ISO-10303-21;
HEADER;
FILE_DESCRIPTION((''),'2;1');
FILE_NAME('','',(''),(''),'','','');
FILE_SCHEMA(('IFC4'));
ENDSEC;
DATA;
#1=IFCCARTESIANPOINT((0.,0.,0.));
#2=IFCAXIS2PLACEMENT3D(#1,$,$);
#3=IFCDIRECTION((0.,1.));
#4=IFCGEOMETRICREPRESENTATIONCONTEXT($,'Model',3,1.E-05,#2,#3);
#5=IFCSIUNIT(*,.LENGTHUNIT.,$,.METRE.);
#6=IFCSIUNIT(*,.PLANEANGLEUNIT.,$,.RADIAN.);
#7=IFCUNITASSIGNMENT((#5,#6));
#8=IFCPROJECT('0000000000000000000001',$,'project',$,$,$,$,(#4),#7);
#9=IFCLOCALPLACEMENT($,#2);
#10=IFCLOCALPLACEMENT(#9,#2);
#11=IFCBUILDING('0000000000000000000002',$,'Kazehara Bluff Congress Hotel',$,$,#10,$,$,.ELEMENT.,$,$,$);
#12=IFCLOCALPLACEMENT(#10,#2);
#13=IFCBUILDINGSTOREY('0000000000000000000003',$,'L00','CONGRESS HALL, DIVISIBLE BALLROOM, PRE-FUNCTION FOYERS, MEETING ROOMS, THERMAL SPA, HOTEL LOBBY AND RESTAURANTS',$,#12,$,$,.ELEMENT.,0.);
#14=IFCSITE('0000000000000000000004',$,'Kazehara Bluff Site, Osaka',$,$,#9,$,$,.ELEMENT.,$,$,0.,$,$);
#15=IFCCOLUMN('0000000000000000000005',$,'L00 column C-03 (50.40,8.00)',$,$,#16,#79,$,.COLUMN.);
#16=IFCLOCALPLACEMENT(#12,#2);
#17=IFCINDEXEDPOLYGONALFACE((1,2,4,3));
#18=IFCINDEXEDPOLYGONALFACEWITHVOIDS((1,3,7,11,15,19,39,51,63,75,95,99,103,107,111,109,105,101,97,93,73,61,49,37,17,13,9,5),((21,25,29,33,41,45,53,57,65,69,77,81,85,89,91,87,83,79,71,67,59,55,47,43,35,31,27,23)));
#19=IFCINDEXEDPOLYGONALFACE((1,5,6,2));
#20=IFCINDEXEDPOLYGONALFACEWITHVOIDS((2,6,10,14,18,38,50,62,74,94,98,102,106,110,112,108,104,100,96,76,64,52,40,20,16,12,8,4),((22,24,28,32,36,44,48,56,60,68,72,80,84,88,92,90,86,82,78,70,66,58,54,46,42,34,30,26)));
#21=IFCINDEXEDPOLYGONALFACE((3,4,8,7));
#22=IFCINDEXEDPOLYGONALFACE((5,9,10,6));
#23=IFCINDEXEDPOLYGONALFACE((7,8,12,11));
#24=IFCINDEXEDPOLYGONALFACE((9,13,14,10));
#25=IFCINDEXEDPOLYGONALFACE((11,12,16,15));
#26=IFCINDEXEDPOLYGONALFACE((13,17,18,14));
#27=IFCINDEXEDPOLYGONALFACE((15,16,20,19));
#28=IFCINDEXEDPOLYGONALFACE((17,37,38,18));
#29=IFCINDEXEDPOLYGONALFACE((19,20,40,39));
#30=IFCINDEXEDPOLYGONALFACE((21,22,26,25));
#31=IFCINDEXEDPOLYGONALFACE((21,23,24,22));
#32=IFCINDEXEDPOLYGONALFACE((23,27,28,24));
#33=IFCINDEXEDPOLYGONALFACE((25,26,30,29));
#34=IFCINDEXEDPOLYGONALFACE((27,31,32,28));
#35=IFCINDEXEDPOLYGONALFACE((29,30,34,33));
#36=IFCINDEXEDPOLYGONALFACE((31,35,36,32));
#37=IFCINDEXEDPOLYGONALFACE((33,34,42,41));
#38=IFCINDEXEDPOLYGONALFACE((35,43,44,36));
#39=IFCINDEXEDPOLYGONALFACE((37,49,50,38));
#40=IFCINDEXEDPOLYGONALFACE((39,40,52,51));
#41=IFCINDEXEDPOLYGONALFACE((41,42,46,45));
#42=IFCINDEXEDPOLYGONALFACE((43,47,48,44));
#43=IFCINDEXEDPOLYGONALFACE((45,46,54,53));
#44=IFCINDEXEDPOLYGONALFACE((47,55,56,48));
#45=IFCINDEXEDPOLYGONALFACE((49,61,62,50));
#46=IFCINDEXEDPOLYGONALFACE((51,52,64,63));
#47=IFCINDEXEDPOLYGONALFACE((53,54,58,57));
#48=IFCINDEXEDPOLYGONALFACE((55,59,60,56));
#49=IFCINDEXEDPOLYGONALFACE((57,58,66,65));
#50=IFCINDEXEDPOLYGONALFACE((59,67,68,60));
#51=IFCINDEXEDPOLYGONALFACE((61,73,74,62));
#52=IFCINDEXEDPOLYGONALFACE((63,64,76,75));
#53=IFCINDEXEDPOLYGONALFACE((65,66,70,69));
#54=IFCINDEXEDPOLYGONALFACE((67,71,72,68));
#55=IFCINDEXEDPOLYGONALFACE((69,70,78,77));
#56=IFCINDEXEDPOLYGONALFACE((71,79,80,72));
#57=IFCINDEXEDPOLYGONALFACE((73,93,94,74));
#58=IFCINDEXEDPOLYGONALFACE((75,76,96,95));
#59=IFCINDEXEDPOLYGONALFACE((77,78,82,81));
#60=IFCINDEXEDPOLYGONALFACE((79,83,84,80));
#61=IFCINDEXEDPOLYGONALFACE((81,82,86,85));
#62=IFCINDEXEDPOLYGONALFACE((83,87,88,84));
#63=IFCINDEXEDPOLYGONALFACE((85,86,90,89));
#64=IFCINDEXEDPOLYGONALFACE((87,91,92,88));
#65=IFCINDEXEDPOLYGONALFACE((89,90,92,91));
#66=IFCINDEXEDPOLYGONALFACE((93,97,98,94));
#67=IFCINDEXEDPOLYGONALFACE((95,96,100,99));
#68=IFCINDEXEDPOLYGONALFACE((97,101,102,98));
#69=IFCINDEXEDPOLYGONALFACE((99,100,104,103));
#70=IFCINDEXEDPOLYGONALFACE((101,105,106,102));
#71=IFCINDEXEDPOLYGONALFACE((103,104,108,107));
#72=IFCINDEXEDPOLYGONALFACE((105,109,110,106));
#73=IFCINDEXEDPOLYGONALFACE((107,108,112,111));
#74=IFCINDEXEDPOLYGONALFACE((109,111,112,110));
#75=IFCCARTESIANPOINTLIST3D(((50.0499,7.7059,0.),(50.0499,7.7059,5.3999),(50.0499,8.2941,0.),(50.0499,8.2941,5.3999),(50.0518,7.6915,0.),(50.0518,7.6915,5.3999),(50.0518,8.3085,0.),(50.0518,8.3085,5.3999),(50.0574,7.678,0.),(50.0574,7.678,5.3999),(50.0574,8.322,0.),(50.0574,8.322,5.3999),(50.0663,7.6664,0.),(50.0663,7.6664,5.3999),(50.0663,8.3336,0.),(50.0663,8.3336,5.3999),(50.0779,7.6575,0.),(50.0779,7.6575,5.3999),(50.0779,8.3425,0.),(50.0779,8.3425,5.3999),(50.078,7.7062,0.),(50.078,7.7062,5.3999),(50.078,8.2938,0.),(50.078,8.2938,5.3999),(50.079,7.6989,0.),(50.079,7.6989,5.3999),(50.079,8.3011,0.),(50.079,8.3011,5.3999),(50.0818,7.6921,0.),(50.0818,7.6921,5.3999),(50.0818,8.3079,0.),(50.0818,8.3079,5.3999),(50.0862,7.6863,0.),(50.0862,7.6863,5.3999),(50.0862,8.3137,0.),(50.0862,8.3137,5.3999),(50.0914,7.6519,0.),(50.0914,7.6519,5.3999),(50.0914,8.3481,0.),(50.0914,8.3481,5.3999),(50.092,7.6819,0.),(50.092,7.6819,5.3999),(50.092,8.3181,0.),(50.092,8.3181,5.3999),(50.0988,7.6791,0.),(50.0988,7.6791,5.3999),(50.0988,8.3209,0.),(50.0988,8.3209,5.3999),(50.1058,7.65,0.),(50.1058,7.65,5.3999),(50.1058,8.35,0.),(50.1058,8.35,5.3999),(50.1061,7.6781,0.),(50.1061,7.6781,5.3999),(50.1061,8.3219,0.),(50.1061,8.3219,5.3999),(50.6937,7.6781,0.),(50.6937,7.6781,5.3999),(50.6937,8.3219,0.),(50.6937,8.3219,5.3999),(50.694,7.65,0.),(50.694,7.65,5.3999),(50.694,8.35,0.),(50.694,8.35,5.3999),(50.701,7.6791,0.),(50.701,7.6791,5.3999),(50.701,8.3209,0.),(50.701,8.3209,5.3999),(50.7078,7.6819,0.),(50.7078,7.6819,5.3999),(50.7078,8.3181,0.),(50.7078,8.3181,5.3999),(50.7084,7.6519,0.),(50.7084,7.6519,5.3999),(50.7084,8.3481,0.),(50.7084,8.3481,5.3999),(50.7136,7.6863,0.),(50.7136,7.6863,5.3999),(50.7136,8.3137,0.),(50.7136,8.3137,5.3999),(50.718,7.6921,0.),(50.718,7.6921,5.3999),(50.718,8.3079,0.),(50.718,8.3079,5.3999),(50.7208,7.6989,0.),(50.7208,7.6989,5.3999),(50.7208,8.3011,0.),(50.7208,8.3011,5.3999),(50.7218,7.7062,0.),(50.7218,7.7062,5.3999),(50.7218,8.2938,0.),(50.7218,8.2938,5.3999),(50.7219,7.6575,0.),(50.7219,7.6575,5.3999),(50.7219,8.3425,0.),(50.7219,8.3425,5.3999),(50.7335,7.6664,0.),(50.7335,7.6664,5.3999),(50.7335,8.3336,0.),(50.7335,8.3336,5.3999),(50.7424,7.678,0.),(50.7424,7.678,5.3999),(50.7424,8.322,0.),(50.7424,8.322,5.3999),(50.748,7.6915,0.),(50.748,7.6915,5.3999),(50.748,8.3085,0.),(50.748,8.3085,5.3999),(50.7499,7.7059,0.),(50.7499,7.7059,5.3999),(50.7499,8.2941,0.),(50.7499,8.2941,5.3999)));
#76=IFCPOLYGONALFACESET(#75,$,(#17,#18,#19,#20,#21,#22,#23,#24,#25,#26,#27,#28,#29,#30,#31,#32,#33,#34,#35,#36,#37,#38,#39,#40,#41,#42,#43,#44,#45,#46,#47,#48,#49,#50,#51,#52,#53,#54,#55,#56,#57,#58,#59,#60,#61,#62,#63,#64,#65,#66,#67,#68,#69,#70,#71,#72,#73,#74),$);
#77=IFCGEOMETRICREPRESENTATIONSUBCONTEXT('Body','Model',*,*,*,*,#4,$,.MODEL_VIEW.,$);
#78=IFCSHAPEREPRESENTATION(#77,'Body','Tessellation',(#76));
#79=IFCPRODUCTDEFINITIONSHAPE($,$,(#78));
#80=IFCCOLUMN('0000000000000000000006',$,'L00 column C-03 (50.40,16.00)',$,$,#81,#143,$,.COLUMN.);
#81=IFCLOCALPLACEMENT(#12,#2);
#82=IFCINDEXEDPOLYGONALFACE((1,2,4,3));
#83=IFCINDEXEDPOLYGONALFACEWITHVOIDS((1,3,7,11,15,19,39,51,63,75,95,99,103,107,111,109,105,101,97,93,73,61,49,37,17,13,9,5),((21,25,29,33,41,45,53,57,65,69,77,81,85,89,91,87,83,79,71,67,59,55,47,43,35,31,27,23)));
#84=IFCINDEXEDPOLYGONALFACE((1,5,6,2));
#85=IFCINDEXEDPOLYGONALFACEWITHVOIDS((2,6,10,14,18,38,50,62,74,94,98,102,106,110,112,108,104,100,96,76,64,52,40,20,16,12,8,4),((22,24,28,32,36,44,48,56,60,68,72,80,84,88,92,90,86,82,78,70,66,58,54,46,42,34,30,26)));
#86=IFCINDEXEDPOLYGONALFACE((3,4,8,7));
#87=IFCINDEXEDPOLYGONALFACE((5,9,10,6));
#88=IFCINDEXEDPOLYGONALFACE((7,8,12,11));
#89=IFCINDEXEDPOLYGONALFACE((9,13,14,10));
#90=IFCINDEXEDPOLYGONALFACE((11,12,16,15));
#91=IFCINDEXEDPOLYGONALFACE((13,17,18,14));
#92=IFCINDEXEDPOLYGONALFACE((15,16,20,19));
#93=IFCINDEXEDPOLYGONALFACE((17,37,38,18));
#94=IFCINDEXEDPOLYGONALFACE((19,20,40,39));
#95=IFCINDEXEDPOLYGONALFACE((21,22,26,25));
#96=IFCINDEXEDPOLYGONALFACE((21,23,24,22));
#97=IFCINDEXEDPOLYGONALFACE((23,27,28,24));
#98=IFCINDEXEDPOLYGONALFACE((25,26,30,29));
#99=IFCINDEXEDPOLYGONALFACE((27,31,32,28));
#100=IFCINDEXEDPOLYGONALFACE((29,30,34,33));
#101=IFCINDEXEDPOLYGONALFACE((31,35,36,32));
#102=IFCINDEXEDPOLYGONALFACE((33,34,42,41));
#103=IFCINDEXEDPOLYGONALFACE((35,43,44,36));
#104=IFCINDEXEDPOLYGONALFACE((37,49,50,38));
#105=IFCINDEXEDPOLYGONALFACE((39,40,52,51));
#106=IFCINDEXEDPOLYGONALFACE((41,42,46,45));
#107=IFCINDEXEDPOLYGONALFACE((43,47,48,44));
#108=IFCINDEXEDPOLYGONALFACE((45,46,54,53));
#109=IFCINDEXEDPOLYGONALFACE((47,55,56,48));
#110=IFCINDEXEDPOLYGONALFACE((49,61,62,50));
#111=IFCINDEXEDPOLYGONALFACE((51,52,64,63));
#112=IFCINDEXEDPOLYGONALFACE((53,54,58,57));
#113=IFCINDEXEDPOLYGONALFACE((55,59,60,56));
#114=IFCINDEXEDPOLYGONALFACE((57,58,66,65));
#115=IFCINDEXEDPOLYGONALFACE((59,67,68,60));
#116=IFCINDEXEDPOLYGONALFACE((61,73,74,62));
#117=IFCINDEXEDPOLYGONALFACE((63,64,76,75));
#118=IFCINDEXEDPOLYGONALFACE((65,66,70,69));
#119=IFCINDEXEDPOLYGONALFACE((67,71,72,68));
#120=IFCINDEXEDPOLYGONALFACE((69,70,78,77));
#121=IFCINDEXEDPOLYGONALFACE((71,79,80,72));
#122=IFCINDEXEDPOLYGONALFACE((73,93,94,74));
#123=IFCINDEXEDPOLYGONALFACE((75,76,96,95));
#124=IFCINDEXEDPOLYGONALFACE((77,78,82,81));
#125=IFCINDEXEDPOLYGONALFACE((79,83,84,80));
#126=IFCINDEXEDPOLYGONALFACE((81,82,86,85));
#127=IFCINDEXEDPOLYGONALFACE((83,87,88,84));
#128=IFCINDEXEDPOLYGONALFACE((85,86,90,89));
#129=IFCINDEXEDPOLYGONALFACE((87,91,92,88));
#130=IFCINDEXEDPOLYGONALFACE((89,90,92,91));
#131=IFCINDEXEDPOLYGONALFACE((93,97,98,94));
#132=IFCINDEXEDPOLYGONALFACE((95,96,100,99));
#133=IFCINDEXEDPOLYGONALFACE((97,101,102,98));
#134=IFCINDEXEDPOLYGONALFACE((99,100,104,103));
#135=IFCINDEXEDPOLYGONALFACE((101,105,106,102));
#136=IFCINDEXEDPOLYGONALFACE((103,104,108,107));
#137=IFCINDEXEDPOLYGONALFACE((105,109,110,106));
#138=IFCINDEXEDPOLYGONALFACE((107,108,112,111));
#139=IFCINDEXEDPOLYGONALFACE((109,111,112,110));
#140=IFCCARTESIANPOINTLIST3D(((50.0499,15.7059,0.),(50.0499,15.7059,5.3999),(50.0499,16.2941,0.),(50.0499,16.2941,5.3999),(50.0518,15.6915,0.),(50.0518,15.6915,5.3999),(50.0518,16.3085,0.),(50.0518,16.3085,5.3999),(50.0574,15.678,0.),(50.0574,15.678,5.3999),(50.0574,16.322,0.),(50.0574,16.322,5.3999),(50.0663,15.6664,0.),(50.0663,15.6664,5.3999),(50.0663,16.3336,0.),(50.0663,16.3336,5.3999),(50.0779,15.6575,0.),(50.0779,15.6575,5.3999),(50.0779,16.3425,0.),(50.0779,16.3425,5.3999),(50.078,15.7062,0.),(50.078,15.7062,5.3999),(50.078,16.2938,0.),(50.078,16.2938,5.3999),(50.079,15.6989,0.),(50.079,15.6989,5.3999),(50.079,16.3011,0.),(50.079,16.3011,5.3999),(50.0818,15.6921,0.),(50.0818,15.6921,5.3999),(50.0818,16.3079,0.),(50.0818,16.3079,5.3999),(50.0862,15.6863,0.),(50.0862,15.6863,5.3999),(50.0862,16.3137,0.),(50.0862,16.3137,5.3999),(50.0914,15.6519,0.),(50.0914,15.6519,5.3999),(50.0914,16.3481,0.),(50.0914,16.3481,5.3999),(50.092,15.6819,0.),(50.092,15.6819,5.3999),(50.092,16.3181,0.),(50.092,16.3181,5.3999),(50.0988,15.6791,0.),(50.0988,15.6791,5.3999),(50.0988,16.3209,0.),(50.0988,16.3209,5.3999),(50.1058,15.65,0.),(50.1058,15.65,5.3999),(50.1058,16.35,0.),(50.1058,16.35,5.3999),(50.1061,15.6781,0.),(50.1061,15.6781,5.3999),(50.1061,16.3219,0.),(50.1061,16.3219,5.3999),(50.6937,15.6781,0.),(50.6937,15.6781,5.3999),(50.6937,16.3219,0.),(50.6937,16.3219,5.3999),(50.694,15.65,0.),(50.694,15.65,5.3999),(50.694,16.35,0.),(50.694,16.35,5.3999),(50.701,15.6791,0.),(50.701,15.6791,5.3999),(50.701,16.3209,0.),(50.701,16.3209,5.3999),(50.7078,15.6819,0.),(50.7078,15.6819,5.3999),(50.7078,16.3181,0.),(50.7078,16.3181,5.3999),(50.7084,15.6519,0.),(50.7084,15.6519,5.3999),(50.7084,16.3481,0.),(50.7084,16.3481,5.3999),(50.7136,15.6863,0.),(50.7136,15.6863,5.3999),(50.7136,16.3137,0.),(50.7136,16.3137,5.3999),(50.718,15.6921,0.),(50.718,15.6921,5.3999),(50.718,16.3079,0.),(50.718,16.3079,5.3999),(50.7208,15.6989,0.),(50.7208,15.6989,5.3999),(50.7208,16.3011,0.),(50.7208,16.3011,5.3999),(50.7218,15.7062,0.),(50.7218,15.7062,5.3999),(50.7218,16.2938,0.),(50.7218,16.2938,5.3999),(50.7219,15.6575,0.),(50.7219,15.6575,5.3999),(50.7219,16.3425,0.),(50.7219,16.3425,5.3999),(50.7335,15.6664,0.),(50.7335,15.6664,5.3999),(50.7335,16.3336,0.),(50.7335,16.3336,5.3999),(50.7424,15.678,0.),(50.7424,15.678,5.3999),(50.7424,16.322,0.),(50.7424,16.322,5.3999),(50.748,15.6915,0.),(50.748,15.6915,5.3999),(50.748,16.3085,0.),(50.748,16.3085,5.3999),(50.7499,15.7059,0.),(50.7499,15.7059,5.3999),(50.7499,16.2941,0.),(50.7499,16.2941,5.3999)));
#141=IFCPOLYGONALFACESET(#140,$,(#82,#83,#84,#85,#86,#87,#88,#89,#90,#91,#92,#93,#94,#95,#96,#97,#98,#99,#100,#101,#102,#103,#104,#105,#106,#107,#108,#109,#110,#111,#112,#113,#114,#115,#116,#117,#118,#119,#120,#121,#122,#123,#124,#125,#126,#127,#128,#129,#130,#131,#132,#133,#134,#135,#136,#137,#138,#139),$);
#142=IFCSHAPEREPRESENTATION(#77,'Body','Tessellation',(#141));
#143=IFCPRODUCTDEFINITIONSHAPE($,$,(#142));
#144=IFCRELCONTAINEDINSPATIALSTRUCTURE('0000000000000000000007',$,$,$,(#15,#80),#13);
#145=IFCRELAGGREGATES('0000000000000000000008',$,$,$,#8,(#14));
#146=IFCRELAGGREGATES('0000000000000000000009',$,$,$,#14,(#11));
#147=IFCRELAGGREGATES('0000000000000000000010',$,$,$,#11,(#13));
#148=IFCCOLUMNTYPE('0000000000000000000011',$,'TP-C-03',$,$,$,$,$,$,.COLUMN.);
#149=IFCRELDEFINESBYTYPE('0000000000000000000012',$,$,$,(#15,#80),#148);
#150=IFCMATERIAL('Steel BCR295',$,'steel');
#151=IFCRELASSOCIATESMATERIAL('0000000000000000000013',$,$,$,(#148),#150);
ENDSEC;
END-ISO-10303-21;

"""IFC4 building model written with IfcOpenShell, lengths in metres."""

from ifc_helpers import new_model, si_unit, direction, frame, origin, origin_2d, place, context, subcontext, project, spatial, hollow_rectangle, extrude, material, material_profile, profile_set, type_object, element, save


model = new_model("IFC4")

# Units and contexts
model_context = context("Model", 3, precision=1e-05, world=origin(), true_north=direction((0.0, 1.0)))
body_context = subcontext(model_context, "Body", "Model", "MODEL_VIEW")
ifc_project = project(units=[si_unit("LENGTHUNIT", "METRE"), si_unit("PLANEANGLEUNIT", "RADIAN")], contexts=[model_context])

# Site, building, storey
site_placement = place(None, origin())
site = spatial("IfcSite", under=ifc_project, at=site_placement, Name="Kazehara Bluff Site, Osaka", CompositionType="ELEMENT", RefElevation=0.0)
building_placement = place(site_placement, origin())
building = spatial("IfcBuilding", under=site, at=building_placement, Name="Kazehara Bluff Congress Hotel", CompositionType="ELEMENT")
storey_placement = place(building_placement, origin())
storey = spatial("IfcBuildingStorey", under=building, at=storey_placement, Name="L00", Description="CONGRESS HALL, DIVISIBLE BALLROOM, PRE-FUNCTION FOYERS, MEETING ROOMS, THERMAL SPA, HOTEL LOBBY AND RESTAURANTS", CompositionType="ELEMENT", Elevation=0.0)

# Columns
ifc_material_1 = material(Name="Steel BCR295", Category="steel")
ifc_material_profile_1 = material_profile(ifc_material_1, hollow_rectangle(XDim=0.7, YDim=0.7, WallThickness=0.0281, InnerFilletRadius=0.0281, OuterFilletRadius=0.0559, at=origin_2d()))
ifc_profile_set_1 = profile_set([ifc_material_profile_1], Name="Steel BCR295")
column_type = type_object("IfcColumnType", Name="TP-C-03", PredefinedType="COLUMN", material=ifc_profile_set_1)
for number, where, z_axis, x_axis, name in (
    (1, (50.3999, 8.0, 0.0), (0.0, 0.0, 1.0), (1.0, 0.0, 0.0), "L00 column C-03 (50.40,8.00)"),
    (2, (50.3999, 16.0, 0.0), (0.0, 0.0, 1.0), (1.0, 0.0, 0.0), "L00 column C-03 (50.40,16.00)"),
):
    element("IfcColumn", number, at=place(storey_placement, frame(where, z_axis=z_axis, x_axis=x_axis)), inside=storey, type_object=column_type, Name=name, PredefinedType="COLUMN", context=body_context, shape_type="SweptSolid", body=[
        extrude(hollow_rectangle(XDim=0.7, YDim=0.7, WallThickness=0.0281, InnerFilletRadius=0.0281, OuterFilletRadius=0.0559, at=origin_2d()), origin(), (0.0, 0.0, 1.0), 5.3999),
    ])

save(model, "model.ifc")
